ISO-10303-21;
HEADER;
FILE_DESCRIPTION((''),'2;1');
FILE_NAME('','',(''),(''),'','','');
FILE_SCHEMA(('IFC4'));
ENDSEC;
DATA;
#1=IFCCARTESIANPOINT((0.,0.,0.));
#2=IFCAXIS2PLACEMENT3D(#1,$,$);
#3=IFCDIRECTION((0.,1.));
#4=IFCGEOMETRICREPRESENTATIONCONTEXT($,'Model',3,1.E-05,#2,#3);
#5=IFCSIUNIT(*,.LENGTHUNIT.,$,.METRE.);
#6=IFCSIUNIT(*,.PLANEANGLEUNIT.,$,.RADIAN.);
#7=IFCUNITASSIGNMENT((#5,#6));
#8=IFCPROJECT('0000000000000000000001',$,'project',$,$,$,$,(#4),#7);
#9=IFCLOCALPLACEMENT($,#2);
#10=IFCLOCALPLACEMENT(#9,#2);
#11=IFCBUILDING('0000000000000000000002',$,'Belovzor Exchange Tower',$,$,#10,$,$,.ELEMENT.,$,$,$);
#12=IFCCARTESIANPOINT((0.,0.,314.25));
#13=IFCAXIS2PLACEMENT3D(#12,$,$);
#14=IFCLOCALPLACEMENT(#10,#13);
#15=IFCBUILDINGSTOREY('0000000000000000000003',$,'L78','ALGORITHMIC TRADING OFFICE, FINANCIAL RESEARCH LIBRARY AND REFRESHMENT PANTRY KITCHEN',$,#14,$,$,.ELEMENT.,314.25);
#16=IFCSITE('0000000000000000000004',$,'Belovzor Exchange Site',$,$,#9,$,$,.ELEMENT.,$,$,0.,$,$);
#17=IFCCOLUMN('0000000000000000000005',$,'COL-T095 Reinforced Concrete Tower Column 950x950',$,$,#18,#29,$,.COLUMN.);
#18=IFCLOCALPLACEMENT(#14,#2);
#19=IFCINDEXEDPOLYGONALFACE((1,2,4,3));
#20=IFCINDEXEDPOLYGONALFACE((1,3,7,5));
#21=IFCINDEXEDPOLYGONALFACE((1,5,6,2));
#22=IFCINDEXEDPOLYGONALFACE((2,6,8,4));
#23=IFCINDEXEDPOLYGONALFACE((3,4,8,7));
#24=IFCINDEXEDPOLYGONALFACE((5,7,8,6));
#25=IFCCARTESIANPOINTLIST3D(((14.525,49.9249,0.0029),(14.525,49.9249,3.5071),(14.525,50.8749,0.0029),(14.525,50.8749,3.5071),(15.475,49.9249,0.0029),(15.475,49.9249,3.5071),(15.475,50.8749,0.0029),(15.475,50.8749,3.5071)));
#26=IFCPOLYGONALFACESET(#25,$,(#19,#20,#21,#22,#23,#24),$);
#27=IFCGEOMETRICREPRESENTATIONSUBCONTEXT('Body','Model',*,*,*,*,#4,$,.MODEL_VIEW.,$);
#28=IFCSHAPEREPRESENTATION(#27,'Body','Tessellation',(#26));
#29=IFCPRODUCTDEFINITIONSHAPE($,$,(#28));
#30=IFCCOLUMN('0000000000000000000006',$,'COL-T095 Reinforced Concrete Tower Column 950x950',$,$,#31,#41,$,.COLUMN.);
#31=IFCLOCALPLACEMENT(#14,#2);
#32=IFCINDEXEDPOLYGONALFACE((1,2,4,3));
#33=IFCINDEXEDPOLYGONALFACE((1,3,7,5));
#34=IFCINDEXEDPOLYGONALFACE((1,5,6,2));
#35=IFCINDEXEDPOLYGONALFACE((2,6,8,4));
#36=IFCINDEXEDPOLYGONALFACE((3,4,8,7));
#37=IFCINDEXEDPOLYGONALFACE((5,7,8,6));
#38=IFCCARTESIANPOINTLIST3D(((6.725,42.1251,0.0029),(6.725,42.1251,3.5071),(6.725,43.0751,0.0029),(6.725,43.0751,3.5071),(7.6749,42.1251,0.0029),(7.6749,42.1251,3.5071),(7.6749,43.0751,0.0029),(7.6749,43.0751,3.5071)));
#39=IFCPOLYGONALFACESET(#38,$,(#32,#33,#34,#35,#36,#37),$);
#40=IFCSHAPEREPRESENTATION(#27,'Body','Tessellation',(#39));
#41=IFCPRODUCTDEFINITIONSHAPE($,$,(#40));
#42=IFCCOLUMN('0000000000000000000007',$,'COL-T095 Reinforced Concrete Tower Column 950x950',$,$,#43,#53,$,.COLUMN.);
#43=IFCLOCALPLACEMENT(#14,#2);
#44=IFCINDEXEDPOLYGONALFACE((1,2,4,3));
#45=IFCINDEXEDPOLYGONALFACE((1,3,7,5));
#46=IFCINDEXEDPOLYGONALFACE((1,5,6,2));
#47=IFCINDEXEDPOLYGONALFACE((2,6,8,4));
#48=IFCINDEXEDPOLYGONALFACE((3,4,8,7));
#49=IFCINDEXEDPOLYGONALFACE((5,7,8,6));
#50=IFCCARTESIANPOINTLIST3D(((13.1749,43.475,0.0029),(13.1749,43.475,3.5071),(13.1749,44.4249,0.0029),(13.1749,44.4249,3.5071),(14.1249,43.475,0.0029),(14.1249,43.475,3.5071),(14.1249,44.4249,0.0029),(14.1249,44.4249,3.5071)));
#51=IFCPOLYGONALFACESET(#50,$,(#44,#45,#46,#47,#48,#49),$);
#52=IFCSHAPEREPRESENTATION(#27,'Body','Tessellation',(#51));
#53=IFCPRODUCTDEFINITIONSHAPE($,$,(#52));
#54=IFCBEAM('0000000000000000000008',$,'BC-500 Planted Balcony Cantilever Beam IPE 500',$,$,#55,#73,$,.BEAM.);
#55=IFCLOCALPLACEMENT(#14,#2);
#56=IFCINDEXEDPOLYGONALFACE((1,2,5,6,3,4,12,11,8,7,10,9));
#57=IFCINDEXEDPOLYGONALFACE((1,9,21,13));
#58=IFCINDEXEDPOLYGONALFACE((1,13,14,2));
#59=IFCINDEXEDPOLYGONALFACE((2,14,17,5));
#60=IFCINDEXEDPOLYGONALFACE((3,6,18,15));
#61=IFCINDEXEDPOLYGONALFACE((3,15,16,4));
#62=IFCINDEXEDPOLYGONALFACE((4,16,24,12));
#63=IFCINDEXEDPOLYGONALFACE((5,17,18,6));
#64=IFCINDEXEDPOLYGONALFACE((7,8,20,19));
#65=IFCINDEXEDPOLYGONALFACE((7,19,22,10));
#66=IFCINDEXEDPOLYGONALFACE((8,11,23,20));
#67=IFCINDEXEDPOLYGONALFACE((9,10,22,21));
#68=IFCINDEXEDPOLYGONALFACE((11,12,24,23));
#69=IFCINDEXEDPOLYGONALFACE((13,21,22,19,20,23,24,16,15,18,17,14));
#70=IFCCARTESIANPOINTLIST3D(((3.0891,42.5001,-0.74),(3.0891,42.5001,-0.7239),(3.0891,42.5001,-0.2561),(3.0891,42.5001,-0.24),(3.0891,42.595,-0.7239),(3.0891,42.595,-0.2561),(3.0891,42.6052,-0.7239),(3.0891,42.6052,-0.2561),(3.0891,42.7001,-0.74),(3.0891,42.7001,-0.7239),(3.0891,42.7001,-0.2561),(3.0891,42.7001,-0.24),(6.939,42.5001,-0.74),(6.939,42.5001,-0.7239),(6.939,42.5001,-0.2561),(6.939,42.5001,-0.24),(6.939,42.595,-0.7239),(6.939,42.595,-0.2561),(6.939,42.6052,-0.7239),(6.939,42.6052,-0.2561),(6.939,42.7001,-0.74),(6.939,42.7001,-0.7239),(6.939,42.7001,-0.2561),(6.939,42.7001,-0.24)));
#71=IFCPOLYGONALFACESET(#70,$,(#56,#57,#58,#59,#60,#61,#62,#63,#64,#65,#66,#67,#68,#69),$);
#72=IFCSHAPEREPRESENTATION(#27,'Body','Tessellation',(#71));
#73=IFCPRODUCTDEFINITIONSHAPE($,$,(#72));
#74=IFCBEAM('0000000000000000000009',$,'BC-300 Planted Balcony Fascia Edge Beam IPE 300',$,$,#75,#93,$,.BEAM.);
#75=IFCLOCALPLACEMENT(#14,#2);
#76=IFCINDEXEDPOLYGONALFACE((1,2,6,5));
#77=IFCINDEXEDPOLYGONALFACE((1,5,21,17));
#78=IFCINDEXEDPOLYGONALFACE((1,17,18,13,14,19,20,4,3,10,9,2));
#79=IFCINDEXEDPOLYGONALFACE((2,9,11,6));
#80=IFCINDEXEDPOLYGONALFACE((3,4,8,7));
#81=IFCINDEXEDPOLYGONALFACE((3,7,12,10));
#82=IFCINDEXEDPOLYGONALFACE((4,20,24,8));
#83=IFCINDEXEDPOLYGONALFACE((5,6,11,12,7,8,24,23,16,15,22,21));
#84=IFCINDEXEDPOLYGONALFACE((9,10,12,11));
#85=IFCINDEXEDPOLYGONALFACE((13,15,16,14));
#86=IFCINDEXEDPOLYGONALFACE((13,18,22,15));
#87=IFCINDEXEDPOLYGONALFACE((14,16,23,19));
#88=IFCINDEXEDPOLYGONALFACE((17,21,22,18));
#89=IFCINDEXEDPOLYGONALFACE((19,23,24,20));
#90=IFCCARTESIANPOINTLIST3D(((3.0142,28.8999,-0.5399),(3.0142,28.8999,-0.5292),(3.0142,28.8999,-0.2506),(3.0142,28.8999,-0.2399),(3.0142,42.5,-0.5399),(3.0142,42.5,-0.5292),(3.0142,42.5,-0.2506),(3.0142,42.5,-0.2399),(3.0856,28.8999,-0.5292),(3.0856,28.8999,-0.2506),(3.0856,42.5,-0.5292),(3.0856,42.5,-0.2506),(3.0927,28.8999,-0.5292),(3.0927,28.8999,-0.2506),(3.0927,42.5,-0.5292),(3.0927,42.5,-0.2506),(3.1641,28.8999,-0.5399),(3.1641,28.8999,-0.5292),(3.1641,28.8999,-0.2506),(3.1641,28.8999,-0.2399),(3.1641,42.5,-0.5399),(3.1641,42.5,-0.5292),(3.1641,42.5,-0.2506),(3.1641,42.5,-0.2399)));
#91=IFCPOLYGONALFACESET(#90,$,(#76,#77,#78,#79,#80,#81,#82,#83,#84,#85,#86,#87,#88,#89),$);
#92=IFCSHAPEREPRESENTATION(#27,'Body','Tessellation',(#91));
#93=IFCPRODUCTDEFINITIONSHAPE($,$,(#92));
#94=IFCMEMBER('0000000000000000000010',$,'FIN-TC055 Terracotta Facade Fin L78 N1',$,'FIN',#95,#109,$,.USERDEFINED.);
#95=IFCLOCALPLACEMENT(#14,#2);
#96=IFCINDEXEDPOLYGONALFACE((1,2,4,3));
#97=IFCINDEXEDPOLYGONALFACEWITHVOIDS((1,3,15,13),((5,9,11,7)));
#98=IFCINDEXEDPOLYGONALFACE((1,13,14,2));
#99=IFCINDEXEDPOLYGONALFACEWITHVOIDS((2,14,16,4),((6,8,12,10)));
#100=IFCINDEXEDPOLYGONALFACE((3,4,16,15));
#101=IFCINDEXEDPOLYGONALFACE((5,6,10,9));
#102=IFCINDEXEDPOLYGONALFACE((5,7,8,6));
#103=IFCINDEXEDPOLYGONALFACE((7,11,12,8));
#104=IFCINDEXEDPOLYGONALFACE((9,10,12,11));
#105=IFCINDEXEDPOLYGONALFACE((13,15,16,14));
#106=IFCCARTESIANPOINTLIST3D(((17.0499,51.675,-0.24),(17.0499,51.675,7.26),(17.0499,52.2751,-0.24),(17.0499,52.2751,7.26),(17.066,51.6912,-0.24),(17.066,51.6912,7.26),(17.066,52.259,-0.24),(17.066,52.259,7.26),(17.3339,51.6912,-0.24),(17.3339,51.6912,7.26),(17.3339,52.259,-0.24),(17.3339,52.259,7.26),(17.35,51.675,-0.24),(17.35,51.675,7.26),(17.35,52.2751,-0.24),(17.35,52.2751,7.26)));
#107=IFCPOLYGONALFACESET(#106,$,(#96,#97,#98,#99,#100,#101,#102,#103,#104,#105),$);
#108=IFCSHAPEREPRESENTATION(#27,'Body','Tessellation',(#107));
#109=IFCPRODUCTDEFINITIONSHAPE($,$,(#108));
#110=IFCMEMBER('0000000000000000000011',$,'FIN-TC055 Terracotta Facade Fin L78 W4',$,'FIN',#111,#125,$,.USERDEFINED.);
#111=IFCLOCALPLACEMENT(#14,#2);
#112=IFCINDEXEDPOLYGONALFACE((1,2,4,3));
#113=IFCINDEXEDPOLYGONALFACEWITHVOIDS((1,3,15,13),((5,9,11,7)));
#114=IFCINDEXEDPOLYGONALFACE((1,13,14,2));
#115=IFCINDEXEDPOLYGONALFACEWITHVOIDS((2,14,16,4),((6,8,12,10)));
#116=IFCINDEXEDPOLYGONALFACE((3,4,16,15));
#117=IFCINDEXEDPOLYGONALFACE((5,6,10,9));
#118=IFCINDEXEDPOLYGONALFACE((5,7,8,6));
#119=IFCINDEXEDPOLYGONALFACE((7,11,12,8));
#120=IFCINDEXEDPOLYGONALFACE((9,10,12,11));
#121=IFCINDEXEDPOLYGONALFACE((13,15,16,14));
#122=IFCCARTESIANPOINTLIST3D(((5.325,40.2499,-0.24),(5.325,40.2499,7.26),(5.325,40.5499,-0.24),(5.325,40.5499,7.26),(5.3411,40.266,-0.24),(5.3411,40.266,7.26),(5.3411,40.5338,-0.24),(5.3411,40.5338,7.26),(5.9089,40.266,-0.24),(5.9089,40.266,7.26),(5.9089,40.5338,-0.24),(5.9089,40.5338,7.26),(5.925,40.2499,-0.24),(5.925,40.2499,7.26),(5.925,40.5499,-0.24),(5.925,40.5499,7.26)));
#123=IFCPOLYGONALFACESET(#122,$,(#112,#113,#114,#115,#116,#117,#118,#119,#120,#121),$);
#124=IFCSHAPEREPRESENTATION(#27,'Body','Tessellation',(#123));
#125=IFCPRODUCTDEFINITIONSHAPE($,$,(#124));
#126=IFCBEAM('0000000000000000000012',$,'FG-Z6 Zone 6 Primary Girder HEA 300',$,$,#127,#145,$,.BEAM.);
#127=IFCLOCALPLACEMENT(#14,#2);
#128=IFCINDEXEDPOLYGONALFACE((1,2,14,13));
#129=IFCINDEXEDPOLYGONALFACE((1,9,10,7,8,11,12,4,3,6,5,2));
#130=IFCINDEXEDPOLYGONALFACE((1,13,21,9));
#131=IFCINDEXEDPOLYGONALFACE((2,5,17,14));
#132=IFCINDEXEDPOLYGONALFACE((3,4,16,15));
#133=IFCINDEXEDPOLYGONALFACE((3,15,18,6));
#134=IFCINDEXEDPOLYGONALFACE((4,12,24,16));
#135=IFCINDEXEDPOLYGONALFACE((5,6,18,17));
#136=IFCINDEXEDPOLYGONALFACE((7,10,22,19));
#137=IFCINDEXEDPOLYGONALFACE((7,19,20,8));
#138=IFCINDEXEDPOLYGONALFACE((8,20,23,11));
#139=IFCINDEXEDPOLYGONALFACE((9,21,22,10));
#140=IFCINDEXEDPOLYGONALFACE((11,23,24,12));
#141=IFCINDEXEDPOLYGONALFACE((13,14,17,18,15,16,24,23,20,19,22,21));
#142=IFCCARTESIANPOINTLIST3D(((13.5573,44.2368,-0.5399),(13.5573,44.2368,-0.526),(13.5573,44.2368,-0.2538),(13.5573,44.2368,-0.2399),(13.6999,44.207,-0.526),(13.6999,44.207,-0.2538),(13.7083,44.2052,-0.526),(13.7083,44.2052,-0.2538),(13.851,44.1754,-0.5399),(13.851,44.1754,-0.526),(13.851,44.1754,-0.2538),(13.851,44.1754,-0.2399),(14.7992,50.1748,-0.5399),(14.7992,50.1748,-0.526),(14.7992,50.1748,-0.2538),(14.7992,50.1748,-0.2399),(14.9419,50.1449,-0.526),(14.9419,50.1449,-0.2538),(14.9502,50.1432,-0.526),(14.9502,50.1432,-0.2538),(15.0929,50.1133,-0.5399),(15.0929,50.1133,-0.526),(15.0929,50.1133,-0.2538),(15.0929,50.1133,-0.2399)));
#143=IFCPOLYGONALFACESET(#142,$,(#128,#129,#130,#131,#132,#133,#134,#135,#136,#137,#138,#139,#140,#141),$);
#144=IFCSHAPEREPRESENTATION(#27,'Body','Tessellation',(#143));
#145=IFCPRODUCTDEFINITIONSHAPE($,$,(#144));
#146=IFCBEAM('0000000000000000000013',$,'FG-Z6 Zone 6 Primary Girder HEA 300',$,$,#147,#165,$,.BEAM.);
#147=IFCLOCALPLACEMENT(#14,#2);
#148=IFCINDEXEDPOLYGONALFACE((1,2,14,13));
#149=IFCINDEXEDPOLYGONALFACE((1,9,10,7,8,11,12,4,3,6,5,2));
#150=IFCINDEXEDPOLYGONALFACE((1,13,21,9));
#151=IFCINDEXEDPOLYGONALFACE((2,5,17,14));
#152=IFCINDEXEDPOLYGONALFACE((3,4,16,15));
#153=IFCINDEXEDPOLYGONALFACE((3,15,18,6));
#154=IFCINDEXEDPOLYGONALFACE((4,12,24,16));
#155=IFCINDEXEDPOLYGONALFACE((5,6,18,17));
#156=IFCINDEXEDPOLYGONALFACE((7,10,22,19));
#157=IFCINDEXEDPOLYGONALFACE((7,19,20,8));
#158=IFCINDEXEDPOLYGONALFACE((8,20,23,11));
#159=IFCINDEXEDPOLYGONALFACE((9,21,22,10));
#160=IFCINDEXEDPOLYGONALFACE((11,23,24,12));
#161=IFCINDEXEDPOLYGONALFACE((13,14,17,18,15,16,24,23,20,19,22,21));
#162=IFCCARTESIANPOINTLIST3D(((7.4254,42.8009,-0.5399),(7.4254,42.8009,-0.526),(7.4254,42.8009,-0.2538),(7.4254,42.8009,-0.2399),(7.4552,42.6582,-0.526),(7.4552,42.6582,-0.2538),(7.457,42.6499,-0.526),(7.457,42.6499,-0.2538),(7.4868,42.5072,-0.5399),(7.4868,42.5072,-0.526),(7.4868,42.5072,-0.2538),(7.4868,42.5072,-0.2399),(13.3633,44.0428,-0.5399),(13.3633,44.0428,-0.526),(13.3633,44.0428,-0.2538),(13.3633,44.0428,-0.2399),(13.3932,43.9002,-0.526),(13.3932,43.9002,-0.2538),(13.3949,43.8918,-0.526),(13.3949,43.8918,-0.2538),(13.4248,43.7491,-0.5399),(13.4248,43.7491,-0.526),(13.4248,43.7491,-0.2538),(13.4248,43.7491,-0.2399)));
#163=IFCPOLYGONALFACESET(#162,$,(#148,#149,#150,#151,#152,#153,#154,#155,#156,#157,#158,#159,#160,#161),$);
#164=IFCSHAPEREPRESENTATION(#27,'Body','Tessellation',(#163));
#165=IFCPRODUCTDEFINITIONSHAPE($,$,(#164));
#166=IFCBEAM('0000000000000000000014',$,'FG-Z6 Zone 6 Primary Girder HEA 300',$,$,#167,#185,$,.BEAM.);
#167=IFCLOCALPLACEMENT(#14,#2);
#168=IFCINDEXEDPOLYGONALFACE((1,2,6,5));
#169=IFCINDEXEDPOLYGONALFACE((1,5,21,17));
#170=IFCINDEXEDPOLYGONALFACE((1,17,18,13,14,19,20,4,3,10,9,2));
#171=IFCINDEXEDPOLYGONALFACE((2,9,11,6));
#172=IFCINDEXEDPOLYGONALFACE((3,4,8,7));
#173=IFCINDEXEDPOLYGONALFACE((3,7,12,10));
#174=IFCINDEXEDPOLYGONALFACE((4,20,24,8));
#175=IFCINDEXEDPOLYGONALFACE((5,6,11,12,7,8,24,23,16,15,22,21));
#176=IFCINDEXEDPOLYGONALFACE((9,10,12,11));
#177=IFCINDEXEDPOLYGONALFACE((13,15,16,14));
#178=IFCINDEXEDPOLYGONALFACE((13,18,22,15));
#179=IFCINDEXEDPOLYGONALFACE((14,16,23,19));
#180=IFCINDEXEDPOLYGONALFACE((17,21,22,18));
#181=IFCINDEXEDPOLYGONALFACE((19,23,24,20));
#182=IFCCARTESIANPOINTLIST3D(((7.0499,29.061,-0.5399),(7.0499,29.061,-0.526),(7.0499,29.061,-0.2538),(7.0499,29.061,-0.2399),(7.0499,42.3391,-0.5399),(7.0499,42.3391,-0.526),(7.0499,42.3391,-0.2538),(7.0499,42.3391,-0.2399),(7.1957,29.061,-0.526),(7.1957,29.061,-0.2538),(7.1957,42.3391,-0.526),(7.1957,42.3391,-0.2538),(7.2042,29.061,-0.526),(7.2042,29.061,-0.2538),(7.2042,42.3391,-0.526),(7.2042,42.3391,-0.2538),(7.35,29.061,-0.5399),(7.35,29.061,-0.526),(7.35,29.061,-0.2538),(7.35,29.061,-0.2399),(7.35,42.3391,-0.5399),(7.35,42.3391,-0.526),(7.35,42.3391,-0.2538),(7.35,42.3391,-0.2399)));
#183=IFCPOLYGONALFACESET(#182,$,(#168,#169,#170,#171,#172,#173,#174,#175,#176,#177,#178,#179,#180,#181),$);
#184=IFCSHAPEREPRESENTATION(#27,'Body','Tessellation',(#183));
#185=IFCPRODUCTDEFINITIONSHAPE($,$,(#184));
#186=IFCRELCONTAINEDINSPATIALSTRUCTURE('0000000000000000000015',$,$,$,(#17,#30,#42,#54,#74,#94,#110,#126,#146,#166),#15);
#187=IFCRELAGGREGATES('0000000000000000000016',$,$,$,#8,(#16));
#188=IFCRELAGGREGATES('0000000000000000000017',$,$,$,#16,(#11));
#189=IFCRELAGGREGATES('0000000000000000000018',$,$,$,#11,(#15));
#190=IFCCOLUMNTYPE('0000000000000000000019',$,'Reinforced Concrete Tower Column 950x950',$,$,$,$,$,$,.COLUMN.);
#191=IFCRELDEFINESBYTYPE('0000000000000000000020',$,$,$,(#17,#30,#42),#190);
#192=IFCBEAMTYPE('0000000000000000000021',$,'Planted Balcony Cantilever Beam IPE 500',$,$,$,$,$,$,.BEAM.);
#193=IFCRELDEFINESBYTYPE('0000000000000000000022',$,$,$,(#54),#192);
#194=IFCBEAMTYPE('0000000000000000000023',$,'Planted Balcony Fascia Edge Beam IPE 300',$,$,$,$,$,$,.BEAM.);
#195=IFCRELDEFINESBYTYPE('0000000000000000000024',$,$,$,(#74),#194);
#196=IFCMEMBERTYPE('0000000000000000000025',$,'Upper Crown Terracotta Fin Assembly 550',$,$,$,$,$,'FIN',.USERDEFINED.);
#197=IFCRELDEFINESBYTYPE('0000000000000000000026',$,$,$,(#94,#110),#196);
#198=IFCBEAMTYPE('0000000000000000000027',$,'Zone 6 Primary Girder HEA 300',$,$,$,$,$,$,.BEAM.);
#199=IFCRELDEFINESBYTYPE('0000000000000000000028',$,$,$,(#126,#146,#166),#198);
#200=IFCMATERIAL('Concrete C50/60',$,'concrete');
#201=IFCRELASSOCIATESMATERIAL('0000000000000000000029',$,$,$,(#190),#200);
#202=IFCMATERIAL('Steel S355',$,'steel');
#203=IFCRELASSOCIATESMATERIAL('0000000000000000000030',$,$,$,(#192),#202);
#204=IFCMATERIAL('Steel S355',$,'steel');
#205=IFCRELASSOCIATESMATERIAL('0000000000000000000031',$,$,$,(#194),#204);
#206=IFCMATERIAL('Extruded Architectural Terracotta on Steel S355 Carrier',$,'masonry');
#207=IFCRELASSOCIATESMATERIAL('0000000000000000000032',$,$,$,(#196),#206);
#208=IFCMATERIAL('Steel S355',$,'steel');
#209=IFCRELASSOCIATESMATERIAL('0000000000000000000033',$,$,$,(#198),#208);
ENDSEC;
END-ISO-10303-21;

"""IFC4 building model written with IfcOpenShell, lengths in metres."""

from ifc_helpers import new_model, si_unit, direction, frame, origin, origin_2d, place, context, subcontext, project, spatial, rectangle, hollow_rectangle, i_section, extrude, material, material_profile, profile_set, type_object, element, save


model = new_model("IFC4")

# Units and contexts
model_context = context("Model", 3, precision=1e-05, world=origin(), true_north=direction((0.0, 1.0)))
body_context = subcontext(model_context, "Body", "Model", "MODEL_VIEW")
ifc_project = project(units=[si_unit("LENGTHUNIT", "METRE"), si_unit("PLANEANGLEUNIT", "RADIAN")], contexts=[model_context])

# Site, building, storey
site_placement = place(None, origin())
site = spatial("IfcSite", under=ifc_project, at=site_placement, Name="Belovzor Exchange Site", CompositionType="ELEMENT", RefElevation=0.0)
building_placement = place(site_placement, origin())
building = spatial("IfcBuilding", under=site, at=building_placement, Name="Belovzor Exchange Tower", CompositionType="ELEMENT")
storey_placement = place(building_placement, frame((0.0, 0.0, 314.25)))
storey = spatial("IfcBuildingStorey", under=building, at=storey_placement, Name="L78", Description="ALGORITHMIC TRADING OFFICE, FINANCIAL RESEARCH LIBRARY AND REFRESHMENT PANTRY KITCHEN", CompositionType="ELEMENT", Elevation=314.25)

# Columns
ifc_material_1 = material(Name="Concrete C50/60", Category="concrete")
ifc_material_profile_1 = material_profile(ifc_material_1, rectangle(XDim=0.95, YDim=0.95, at=origin_2d()))
ifc_profile_set_1 = profile_set([ifc_material_profile_1], Name="Concrete C50/60")
column_type = type_object("IfcColumnType", Name="Reinforced Concrete Tower Column 950x950", PredefinedType="COLUMN", material=ifc_profile_set_1)
for number, where, z_axis, x_axis, name in (
    (1, (15.0, 50.3999, 0.0029), (0.0, 0.0, 1.0), (1.0, 0.0, 0.0), "COL-T095 Reinforced Concrete Tower Column 950x950"),
    (2, (7.2, 42.6001, 0.0029), (0.0, 0.0, 1.0), (1.0, 0.0, 0.0), "COL-T095 Reinforced Concrete Tower Column 950x950"),
    (3, (13.6499, 43.95, 0.0029), (0.0, 0.0, 1.0), (1.0, 0.0, 0.0), "COL-T095 Reinforced Concrete Tower Column 950x950"),
):
    element("IfcColumn", number, at=place(storey_placement, frame(where, z_axis=z_axis, x_axis=x_axis)), inside=storey, type_object=column_type, Name=name, PredefinedType="COLUMN", context=body_context, shape_type="SweptSolid", body=[
        extrude(rectangle(XDim=0.95, YDim=0.95, at=origin_2d()), origin(), (0.0, 0.0, 1.0), 3.5042),
    ])

# Beams
ifc_material_2 = material(Name="Steel S355", Category="steel")
ifc_material_profile_2 = material_profile(ifc_material_2, i_section(OverallWidth=0.2, OverallDepth=0.5, WebThickness=0.0103, FlangeThickness=0.0161, at=origin_2d()))
ifc_profile_set_2 = profile_set([ifc_material_profile_2], Name="Steel S355")
beam_type_1 = type_object("IfcBeamType", Name="Planted Balcony Cantilever Beam IPE 500", PredefinedType="BEAM", material=ifc_profile_set_2)
beam_1_placement = place(storey_placement, frame((6.939, 42.6001, -0.49), z_axis=(-1.0, 0.0, 0.0), x_axis=(0.0, -1.0, 0.0)))
element("IfcBeam", 4, at=beam_1_placement, inside=storey, type_object=beam_type_1, Name="BC-500 Planted Balcony Cantilever Beam IPE 500", PredefinedType="BEAM", context=body_context, shape_type="SweptSolid", body=[
    extrude(i_section(OverallWidth=0.2, OverallDepth=0.5, WebThickness=0.0103, FlangeThickness=0.0161, at=origin_2d()), origin(), (0.0, 0.0, 1.0), 3.8499),
])
ifc_material_3 = material(Name="Steel S355", Category="steel")
ifc_material_profile_3 = material_profile(ifc_material_3, i_section(OverallWidth=0.1499, OverallDepth=0.3, WebThickness=0.0071, FlangeThickness=0.0107, at=origin_2d()))
ifc_profile_set_3 = profile_set([ifc_material_profile_3], Name="Steel S355")
beam_type_2 = type_object("IfcBeamType", Name="Planted Balcony Fascia Edge Beam IPE 300", PredefinedType="BEAM", material=ifc_profile_set_3)
beam_2_placement = place(storey_placement, frame((3.0891, 42.5, -0.3899), z_axis=(0.0, -1.0, 0.0), x_axis=(1.0, 0.0, 0.0)))
element("IfcBeam", 5, at=beam_2_placement, inside=storey, type_object=beam_type_2, Name="BC-300 Planted Balcony Fascia Edge Beam IPE 300", PredefinedType="BEAM", context=body_context, shape_type="SweptSolid", body=[
    extrude(i_section(OverallWidth=0.1499, OverallDepth=0.3, WebThickness=0.0071, FlangeThickness=0.0107, at=origin_2d()), origin(), (0.0, 0.0, 1.0), 13.6001),
])

# Members
ifc_material_4 = material(Name="Extruded Architectural Terracotta on Steel S355 Carrier", Category="masonry")
ifc_material_profile_4 = material_profile(ifc_material_4, hollow_rectangle(XDim=0.3, YDim=0.6001, WallThickness=0.0161, at=origin_2d()))
ifc_profile_set_4 = profile_set([ifc_material_profile_4], Name="Extruded Architectural Terracotta on Steel S355 Carrier")
member_type = type_object("IfcMemberType", Name="Upper Crown Terracotta Fin Assembly 550", ElementType="FIN", PredefinedType="USERDEFINED", material=ifc_profile_set_4)
for number, where, z_axis, x_axis, name in (
    (6, (17.2, 51.9751, -0.24), (0.0, 0.0, 1.0), (1.0, 0.0, 0.0), "FIN-TC055 Terracotta Facade Fin L78 N1"),
    (7, (5.625, 40.3999, -0.24), (0.0, 0.0, 1.0), (0.0, 1.0, 0.0), "FIN-TC055 Terracotta Facade Fin L78 W4"),
):
    element("IfcMember", number, at=place(storey_placement, frame(where, z_axis=z_axis, x_axis=x_axis)), inside=storey, type_object=member_type, Name=name, ObjectType="FIN", PredefinedType="USERDEFINED", context=body_context, shape_type="SweptSolid", body=[
        extrude(hollow_rectangle(XDim=0.3, YDim=0.6001, WallThickness=0.0161, at=origin_2d()), origin(), (0.0, 0.0, 1.0), 7.5),
    ])

# Beams
ifc_material_5 = material(Name="Steel S355", Category="steel")
ifc_material_profile_5 = material_profile(ifc_material_5, i_section(OverallWidth=0.3, OverallDepth=0.3, WebThickness=0.0085, FlangeThickness=0.0139, at=origin_2d()))
ifc_profile_set_5 = profile_set([ifc_material_profile_5], Name="Steel S355")
beam_type_3 = type_object("IfcBeamType", Name="Zone 6 Primary Girder HEA 300", PredefinedType="BEAM", material=ifc_profile_set_5)
for number, where, z_axis, x_axis, name in (
    (8, (14.946, 50.144, -0.3899), (-0.204722, -0.97882, 0.0), (0.97882, -0.204722, 0.0), "FG-Z6 Zone 6 Primary Girder HEA 300"),
    (9, (13.394, 43.896, -0.3899), (-0.97882, -0.204722, 0.0), (0.204722, -0.97882, 0.0), "FG-Z6 Zone 6 Primary Girder HEA 300"),
):
    element("IfcBeam", number, at=place(storey_placement, frame(where, z_axis=z_axis, x_axis=x_axis)), inside=storey, type_object=beam_type_3, Name=name, PredefinedType="BEAM", context=body_context, shape_type="SweptSolid", body=[
        extrude(i_section(OverallWidth=0.3, OverallDepth=0.3, WebThickness=0.0085, FlangeThickness=0.0139, at=origin_2d()), origin(), (0.0, 0.0, 1.0), 6.0664),
    ])
beam_3_placement = place(storey_placement, frame((7.2, 42.3391, -0.3899), z_axis=(0.0, -1.0, 0.0), x_axis=(1.0, 0.0, 0.0)))
element("IfcBeam", 10, at=beam_3_placement, inside=storey, type_object=beam_type_3, Name="FG-Z6 Zone 6 Primary Girder HEA 300", PredefinedType="BEAM", context=body_context, shape_type="SweptSolid", body=[
    extrude(i_section(OverallWidth=0.3, OverallDepth=0.3, WebThickness=0.0085, FlangeThickness=0.0139, at=origin_2d()), origin(), (0.0, 0.0, 1.0), 13.2781),
])

save(model, "model.ifc")
